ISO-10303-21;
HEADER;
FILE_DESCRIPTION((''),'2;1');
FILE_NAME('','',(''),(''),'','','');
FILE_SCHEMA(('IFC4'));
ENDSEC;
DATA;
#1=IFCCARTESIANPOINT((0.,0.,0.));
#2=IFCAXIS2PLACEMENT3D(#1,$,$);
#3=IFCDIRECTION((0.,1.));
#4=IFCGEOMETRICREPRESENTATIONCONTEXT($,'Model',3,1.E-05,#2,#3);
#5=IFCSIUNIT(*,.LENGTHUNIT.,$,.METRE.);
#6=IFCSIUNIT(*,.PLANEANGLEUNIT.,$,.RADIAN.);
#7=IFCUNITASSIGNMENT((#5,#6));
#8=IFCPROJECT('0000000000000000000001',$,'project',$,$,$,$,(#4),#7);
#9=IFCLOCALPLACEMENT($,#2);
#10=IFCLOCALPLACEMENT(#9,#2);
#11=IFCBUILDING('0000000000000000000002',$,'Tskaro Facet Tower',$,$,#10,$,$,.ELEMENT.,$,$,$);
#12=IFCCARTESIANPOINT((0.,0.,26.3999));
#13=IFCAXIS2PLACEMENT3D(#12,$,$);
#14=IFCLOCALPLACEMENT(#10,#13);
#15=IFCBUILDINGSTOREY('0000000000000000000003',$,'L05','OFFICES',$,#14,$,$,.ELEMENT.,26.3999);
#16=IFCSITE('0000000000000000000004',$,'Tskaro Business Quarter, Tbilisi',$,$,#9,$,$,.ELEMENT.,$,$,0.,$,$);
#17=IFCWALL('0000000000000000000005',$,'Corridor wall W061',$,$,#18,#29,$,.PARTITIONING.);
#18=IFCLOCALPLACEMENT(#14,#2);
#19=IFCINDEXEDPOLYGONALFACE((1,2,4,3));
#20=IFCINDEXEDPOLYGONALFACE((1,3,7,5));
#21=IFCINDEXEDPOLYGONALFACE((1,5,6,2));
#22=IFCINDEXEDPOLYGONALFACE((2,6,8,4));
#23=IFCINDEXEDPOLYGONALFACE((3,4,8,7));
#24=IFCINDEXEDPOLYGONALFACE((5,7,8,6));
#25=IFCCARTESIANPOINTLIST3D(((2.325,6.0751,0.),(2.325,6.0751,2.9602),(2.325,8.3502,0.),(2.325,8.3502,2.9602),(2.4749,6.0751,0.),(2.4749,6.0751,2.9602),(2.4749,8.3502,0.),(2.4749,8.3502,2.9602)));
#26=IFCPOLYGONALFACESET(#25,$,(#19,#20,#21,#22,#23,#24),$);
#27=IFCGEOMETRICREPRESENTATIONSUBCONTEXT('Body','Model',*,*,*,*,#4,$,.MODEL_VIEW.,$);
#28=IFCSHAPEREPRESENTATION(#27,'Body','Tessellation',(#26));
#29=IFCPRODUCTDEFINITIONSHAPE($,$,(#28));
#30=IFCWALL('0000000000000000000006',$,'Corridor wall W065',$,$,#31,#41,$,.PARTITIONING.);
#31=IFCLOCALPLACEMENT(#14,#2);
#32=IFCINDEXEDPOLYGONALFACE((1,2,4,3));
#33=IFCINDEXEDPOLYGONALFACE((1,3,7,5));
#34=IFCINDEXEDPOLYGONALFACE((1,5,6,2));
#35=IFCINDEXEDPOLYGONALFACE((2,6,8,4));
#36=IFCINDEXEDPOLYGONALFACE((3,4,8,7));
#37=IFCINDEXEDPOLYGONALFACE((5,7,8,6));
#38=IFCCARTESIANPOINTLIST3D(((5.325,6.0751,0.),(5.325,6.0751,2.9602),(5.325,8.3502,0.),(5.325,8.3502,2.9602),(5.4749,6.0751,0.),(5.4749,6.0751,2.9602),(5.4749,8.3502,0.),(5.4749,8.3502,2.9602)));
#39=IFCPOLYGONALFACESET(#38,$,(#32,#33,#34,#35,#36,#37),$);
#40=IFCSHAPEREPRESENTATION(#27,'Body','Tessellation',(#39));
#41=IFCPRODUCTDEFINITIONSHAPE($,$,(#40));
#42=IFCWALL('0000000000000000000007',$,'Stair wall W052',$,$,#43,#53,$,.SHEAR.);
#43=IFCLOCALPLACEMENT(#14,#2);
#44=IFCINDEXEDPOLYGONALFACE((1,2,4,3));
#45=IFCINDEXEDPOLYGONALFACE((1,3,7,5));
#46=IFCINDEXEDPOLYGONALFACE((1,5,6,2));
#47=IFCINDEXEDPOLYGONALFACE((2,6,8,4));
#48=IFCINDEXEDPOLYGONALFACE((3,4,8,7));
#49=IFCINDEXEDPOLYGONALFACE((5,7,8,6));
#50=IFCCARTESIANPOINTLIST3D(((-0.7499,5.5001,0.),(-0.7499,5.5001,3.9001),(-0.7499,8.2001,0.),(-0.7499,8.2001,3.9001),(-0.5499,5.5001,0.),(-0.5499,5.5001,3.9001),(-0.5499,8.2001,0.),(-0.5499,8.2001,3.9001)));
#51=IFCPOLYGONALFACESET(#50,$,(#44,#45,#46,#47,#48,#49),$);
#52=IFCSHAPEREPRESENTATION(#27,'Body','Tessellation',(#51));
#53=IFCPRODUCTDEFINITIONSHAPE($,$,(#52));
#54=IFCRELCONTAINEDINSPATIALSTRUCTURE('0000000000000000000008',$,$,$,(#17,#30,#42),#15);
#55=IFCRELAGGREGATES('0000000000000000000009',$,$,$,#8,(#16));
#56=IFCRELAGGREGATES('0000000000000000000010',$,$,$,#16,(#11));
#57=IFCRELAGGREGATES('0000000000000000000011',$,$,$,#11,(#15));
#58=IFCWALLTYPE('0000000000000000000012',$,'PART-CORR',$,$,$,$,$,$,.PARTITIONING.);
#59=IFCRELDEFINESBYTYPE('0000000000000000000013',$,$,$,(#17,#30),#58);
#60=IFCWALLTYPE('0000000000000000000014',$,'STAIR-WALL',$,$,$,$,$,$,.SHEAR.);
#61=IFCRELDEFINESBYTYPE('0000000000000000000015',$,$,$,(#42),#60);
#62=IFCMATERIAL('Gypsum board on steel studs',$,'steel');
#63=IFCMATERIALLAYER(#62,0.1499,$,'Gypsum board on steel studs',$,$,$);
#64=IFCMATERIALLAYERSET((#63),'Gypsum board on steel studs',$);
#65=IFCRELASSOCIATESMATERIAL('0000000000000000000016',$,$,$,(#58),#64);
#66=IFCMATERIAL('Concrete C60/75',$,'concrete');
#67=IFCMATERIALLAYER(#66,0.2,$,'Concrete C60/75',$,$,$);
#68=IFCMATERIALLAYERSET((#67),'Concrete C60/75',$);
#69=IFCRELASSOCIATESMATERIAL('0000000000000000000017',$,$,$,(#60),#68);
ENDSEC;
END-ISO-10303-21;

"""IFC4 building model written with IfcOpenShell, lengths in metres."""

from ifc_helpers import new_model, si_unit, direction, frame, frame_2d, origin, place, context, subcontext, project, spatial, rectangle, extrude, material, layer, layer_set, type_object, element, save


model = new_model("IFC4")

# Units and contexts
model_context = context("Model", 3, precision=1e-05, world=origin(), true_north=direction((0.0, 1.0)))
body_context = subcontext(model_context, "Body", "Model", "MODEL_VIEW")
ifc_project = project(units=[si_unit("LENGTHUNIT", "METRE"), si_unit("PLANEANGLEUNIT", "RADIAN")], contexts=[model_context])

# Site, building, storey
site_placement = place(None, origin())
site = spatial("IfcSite", under=ifc_project, at=site_placement, Name="Tskaro Business Quarter, Tbilisi", CompositionType="ELEMENT", RefElevation=0.0)
building_placement = place(site_placement, origin())
building = spatial("IfcBuilding", under=site, at=building_placement, Name="Tskaro Facet Tower", CompositionType="ELEMENT")
storey_placement = place(building_placement, frame((0.0, 0.0, 26.3999)))
storey = spatial("IfcBuildingStorey", under=building, at=storey_placement, Name="L05", Description="OFFICES", CompositionType="ELEMENT", Elevation=26.3999)

# Shared definitions
ifc_material_1 = material(Name="Concrete C60/75", Category="concrete")

# Shared definitions
ifc_material_2 = material(Name="Gypsum board on steel studs", Category="steel")

# Shared definitions
ifc_layer_1 = layer(ifc_material_2, 0.1499, Name="Gypsum board on steel studs")
ifc_layer_set_1 = layer_set([ifc_layer_1], Name="Gypsum board on steel studs")
wall_type_1 = type_object("IfcWallType", Name="PART-CORR", PredefinedType="PARTITIONING", material=ifc_layer_set_1)

# Walls
for number, where, z_axis, x_axis, name in (
    (1, (2.3999, 6.075, 0.0), (0.0, 0.0, 1.0), (0.0, 1.0, 0.0), "Corridor wall W061"),
    (2, (5.3999, 6.075, 0.0), (0.0, 0.0, 1.0), (0.0, 1.0, 0.0), "Corridor wall W065"),
):
    element("IfcWall", number, at=place(storey_placement, frame(where, z_axis=z_axis, x_axis=x_axis)), inside=storey, type_object=wall_type_1, Name=name, PredefinedType="PARTITIONING", context=body_context, shape_type="SweptSolid", body=[
        extrude(rectangle(XDim=2.2751, YDim=0.1499, at=frame_2d((1.1377, 0.0))), origin(), (0.0, 0.0, 1.0), 2.9602),
    ])
ifc_layer_2 = layer(ifc_material_1, 0.2, Name="Concrete C60/75")
ifc_layer_set_2 = layer_set([ifc_layer_2], Name="Concrete C60/75")
wall_type_2 = type_object("IfcWallType", Name="STAIR-WALL", PredefinedType="SHEAR", material=ifc_layer_set_2)
wall_1_placement = place(storey_placement, frame((-0.6499, 5.5, 0.0), z_axis=(0.0, 0.0, 1.0), x_axis=(0.0, 1.0, 0.0)))
element("IfcWall", 3, at=wall_1_placement, inside=storey, type_object=wall_type_2, Name="Stair wall W052", PredefinedType="SHEAR", context=body_context, shape_type="SweptSolid", body=[
    extrude(rectangle(XDim=2.7, YDim=0.2, at=frame_2d((1.3501, 0.0))), origin(), (0.0, 0.0, 1.0), 3.9001),
])

save(model, "model.ifc")
